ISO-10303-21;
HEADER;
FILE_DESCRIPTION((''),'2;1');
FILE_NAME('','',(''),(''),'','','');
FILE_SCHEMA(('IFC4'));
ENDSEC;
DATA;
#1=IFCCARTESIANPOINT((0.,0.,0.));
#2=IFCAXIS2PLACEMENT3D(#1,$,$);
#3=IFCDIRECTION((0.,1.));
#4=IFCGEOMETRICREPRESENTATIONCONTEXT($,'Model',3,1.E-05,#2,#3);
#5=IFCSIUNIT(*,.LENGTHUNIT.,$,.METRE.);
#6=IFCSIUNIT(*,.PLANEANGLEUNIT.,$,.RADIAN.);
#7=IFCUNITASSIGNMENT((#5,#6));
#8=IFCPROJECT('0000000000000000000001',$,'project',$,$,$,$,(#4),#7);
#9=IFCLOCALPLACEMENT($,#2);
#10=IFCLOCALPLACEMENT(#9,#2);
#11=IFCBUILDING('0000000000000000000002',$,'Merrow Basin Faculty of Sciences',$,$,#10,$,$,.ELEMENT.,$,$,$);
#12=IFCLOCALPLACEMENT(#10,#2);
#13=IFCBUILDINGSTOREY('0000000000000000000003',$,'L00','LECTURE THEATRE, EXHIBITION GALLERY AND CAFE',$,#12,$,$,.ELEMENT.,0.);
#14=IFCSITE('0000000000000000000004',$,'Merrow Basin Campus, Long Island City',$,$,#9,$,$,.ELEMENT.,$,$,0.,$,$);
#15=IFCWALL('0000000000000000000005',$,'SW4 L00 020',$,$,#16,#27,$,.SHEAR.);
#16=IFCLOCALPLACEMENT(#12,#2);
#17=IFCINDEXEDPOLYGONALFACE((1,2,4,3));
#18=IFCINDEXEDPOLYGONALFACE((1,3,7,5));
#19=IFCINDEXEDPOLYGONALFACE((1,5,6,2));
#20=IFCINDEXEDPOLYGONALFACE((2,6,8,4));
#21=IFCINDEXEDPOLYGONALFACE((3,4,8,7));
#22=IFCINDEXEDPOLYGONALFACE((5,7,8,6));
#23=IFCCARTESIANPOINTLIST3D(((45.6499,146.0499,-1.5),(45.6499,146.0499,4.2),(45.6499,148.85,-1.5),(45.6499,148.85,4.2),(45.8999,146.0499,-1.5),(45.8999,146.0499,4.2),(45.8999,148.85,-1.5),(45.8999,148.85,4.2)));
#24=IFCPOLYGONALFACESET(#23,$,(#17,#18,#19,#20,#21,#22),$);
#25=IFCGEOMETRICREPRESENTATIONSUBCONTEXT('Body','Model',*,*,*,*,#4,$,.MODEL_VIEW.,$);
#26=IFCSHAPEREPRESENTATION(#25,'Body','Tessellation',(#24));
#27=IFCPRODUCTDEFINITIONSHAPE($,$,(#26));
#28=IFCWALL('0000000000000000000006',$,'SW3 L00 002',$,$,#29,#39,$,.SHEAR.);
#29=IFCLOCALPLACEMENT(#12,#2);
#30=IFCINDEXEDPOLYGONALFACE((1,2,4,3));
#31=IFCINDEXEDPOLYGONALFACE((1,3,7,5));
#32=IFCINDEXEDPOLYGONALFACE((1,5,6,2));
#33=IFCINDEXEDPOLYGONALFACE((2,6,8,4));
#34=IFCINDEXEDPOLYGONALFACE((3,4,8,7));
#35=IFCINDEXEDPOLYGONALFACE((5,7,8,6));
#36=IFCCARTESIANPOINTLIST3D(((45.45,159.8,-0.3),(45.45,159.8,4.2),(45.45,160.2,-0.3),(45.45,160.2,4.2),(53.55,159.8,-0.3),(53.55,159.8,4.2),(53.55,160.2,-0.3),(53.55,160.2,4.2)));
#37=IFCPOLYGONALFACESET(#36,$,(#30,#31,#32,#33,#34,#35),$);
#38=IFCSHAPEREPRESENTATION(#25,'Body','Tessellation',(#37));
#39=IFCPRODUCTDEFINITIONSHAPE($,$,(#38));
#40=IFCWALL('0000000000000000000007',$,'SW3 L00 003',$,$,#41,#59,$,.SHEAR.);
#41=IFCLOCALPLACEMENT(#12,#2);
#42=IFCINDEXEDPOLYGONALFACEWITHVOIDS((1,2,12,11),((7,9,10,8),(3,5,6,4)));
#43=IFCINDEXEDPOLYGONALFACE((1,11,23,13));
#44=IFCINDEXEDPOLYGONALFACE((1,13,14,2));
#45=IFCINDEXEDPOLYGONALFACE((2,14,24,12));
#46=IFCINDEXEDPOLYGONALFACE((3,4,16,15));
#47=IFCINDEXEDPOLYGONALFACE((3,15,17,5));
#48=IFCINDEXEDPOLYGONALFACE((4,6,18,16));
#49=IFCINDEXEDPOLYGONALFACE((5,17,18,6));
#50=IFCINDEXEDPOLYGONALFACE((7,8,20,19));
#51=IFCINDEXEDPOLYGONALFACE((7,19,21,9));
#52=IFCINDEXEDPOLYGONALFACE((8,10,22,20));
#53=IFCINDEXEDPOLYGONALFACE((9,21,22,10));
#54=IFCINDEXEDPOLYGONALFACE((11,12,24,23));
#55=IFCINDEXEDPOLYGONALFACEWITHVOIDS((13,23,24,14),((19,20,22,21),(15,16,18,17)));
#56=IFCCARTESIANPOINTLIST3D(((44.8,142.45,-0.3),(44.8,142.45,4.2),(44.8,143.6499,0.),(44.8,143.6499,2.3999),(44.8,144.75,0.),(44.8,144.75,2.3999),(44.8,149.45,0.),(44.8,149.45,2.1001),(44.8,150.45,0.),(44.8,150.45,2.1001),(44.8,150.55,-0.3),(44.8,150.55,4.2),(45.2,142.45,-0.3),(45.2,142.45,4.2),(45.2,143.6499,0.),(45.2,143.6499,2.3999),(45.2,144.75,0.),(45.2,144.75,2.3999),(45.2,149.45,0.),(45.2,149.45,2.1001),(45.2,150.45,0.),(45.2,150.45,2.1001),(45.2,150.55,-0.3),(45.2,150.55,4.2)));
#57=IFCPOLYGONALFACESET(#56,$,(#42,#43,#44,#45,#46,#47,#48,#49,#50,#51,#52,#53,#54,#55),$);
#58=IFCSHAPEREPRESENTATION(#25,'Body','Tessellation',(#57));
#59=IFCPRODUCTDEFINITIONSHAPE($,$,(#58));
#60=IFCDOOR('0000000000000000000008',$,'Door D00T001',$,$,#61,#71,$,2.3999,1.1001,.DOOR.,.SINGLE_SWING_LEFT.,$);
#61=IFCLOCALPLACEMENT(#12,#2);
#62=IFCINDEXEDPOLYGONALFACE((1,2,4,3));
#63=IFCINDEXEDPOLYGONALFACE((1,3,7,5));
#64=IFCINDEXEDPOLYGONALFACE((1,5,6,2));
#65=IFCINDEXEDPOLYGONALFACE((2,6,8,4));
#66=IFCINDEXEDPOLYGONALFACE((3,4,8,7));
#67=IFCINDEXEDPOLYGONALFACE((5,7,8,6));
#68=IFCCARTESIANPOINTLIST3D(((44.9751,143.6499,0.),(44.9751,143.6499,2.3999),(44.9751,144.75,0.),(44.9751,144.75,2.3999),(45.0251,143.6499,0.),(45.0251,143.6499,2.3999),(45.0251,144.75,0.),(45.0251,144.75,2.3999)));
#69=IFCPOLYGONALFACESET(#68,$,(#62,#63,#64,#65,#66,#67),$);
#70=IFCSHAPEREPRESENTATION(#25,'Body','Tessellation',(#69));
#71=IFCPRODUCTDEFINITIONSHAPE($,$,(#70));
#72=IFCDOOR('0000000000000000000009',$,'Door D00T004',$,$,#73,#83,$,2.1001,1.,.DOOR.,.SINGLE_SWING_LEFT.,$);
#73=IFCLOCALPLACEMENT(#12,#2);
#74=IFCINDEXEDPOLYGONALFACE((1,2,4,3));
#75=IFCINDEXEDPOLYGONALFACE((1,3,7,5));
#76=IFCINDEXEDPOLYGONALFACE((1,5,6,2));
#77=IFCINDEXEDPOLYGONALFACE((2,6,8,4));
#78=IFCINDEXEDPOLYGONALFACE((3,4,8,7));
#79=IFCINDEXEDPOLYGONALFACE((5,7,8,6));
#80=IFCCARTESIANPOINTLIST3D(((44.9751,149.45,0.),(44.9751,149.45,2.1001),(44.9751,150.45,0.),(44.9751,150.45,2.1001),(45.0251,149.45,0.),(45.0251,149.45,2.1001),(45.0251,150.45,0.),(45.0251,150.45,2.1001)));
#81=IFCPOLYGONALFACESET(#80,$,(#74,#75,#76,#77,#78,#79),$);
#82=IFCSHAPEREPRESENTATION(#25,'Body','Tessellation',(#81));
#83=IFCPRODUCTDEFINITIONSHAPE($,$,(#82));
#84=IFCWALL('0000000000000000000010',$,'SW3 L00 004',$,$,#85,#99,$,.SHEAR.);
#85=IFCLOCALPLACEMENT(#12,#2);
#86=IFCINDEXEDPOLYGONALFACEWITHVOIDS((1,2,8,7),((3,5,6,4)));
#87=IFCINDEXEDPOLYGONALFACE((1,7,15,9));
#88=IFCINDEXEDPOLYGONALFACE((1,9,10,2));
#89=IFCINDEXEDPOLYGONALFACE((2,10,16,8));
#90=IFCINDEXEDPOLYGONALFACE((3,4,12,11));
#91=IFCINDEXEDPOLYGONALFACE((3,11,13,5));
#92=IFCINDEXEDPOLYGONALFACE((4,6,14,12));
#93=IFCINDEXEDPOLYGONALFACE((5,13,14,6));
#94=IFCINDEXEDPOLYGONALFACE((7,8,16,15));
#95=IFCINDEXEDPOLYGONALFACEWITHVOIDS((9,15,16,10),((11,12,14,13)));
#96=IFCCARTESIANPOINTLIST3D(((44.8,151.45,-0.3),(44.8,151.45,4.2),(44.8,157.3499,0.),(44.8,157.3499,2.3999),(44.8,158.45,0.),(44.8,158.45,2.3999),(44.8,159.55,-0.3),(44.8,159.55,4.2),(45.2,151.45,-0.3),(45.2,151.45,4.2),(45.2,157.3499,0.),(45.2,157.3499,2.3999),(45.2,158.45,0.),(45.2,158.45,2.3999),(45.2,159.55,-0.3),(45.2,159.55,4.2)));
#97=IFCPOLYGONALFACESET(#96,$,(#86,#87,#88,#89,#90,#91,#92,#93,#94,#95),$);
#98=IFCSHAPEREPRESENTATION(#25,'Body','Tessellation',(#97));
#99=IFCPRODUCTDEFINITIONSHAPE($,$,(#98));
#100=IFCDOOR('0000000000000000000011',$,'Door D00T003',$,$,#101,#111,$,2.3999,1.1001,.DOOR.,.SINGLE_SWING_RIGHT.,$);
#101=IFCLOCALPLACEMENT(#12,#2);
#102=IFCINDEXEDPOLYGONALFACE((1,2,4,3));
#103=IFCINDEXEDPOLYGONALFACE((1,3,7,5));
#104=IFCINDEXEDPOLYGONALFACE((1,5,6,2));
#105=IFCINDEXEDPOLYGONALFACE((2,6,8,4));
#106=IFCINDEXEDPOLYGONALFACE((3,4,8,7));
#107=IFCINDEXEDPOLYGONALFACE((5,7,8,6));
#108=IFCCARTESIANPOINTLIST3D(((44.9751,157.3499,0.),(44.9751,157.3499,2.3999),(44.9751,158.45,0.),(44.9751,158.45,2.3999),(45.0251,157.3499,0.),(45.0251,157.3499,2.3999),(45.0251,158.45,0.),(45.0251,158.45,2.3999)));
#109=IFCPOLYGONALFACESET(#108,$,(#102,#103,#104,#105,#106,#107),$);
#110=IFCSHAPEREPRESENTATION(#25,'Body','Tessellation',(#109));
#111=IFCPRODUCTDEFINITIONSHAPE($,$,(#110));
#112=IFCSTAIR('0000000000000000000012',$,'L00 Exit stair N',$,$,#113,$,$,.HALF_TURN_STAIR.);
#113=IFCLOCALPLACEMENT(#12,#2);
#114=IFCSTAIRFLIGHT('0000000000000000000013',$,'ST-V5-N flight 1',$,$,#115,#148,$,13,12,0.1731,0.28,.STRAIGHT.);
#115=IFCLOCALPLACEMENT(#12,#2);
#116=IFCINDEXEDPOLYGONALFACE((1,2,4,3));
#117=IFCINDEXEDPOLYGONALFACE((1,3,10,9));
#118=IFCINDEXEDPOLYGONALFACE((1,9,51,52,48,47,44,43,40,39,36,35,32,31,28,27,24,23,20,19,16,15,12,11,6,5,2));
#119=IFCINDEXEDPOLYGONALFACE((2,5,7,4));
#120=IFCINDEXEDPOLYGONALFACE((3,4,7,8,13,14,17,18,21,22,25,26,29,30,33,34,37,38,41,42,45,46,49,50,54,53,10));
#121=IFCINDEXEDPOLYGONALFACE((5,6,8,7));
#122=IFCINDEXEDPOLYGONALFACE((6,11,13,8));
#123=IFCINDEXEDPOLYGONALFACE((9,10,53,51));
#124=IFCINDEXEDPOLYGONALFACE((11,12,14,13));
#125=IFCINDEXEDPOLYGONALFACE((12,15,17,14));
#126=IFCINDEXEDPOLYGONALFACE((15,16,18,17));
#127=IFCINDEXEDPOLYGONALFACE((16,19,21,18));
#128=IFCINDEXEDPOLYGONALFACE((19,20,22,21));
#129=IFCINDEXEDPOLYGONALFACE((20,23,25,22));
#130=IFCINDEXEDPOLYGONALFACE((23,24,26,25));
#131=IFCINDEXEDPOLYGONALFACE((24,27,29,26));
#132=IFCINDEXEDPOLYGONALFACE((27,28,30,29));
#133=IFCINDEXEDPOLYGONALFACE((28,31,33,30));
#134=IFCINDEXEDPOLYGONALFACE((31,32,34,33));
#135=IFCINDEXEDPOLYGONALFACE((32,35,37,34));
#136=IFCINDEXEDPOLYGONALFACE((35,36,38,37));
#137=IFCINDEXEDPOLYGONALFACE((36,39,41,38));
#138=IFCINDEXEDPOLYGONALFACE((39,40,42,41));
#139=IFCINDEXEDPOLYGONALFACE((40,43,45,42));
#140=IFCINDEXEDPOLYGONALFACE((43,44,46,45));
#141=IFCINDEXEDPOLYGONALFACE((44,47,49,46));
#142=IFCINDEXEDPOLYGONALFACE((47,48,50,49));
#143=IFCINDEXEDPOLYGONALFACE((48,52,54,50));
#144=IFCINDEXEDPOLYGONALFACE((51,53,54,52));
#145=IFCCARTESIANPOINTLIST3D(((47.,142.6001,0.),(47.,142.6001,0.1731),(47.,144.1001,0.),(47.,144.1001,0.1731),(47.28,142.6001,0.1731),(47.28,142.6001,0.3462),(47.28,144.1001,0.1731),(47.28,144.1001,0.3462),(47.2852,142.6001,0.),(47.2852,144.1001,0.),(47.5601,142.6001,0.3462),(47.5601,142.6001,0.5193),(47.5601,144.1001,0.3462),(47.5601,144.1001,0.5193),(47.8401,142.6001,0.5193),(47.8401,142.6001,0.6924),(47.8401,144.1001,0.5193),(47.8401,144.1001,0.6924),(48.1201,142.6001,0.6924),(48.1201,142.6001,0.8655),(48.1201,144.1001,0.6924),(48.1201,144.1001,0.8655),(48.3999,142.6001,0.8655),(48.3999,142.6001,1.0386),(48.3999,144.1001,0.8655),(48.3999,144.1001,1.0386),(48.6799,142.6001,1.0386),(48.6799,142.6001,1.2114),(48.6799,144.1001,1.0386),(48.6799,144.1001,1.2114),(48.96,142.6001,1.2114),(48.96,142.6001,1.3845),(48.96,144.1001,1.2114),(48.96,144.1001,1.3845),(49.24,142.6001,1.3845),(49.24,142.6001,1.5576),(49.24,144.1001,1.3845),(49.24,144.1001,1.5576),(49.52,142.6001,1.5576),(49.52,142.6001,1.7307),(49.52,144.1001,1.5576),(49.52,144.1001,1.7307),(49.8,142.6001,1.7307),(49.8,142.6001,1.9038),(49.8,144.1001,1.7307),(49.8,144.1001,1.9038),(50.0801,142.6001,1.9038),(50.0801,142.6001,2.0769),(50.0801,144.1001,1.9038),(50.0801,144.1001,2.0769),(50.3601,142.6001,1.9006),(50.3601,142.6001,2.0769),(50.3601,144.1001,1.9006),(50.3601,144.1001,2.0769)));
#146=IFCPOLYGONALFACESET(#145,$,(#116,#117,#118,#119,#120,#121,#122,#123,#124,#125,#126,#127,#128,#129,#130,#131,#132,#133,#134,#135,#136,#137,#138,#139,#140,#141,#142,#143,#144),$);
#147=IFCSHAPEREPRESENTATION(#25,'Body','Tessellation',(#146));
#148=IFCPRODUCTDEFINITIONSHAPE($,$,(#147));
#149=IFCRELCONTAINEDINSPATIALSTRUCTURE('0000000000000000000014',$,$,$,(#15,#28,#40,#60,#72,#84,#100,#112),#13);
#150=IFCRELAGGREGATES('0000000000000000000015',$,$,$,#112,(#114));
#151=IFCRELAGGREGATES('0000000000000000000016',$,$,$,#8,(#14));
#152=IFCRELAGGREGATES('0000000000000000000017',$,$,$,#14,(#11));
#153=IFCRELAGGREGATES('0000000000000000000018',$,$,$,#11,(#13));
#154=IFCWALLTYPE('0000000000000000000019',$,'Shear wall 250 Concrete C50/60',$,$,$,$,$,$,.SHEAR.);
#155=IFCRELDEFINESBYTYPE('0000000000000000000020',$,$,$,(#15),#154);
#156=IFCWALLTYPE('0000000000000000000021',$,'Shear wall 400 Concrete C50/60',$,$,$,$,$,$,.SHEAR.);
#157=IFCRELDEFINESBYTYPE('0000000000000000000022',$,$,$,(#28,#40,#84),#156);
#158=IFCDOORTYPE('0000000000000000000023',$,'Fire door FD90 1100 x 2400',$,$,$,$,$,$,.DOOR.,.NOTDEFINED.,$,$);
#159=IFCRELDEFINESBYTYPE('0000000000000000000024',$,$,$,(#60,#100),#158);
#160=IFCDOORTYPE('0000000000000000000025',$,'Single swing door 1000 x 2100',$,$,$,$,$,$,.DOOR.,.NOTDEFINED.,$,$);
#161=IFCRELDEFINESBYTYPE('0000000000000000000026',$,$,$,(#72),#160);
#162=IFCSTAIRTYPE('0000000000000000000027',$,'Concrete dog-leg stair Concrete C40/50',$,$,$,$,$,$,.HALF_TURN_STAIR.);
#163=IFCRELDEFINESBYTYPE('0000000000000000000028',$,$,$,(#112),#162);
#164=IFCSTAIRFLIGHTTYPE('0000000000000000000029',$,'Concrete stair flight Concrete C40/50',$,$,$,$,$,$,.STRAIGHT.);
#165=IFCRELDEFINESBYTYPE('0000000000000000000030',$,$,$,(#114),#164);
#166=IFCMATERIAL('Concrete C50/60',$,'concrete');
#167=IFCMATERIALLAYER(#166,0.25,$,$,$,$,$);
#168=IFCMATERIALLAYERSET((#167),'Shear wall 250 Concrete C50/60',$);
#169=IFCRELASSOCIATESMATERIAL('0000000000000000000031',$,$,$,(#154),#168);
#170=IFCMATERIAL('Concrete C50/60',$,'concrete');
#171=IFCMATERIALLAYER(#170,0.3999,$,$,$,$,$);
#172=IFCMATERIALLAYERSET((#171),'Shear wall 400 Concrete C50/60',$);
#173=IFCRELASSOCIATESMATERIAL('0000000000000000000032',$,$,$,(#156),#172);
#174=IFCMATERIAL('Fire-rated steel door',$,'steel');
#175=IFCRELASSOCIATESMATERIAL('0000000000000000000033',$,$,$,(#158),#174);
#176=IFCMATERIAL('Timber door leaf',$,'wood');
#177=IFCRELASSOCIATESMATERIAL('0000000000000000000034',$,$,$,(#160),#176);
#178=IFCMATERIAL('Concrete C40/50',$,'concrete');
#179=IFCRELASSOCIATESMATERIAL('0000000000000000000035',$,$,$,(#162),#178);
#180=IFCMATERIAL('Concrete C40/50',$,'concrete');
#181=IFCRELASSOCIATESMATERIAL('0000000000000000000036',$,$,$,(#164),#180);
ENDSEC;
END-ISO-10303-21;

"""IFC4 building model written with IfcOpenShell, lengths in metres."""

from ifc_helpers import new_model, si_unit, direction, frame, frame_2d, origin, place, context, subcontext, project, spatial, polyline, rectangle, outline, extrude, material, layer, layer_set, type_object, element, fill, aggregate, save


model = new_model("IFC4")

# Units and contexts
model_context = context("Model", 3, precision=1e-05, world=origin(), true_north=direction((0.0, 1.0)))
body_context = subcontext(model_context, "Body", "Model", "MODEL_VIEW")
ifc_project = project(units=[si_unit("LENGTHUNIT", "METRE"), si_unit("PLANEANGLEUNIT", "RADIAN")], contexts=[model_context])

# Site, building, storey
site_placement = place(None, origin())
site = spatial("IfcSite", under=ifc_project, at=site_placement, Name="Merrow Basin Campus, Long Island City", CompositionType="ELEMENT", RefElevation=0.0)
building_placement = place(site_placement, origin())
building = spatial("IfcBuilding", under=site, at=building_placement, Name="Merrow Basin Faculty of Sciences", CompositionType="ELEMENT")
storey_placement = place(building_placement, origin())
storey = spatial("IfcBuildingStorey", under=building, at=storey_placement, Name="L00", Description="LECTURE THEATRE, EXHIBITION GALLERY AND CAFE", CompositionType="ELEMENT", Elevation=0.0)

# Shared definitions
ifc_material_1 = material(Name="Concrete C50/60", Category="concrete")
ifc_layer_1 = layer(ifc_material_1, 0.25)
ifc_layer_set_1 = layer_set([ifc_layer_1], Name="Shear wall 250 Concrete C50/60")
wall_type_1 = type_object("IfcWallType", Name="Shear wall 250 Concrete C50/60", PredefinedType="SHEAR", material=ifc_layer_set_1)

# Walls
wall_1_placement = place(storey_placement, frame((45.7749, 146.05, -1.5), z_axis=(0.0, 0.0, 1.0), x_axis=(0.0, 1.0, 0.0)))
element("IfcWall", 1, at=wall_1_placement, inside=storey, type_object=wall_type_1, Name="SW4 L00 020", PredefinedType="SHEAR", context=body_context, shape_type="SweptSolid", body=[
    extrude(rectangle(XDim=2.8, YDim=0.25, at=frame_2d((1.3999, 0.0))), origin(), (0.0, 0.0, 1.0), 5.7),
])
ifc_material_2 = material(Name="Concrete C50/60", Category="concrete")
ifc_layer_2 = layer(ifc_material_2, 0.3999)
ifc_layer_set_2 = layer_set([ifc_layer_2], Name="Shear wall 400 Concrete C50/60")
wall_type_2 = type_object("IfcWallType", Name="Shear wall 400 Concrete C50/60", PredefinedType="SHEAR", material=ifc_layer_set_2)
wall_2_placement = place(storey_placement, frame((45.45, 160.0, -0.3), z_axis=(0.0, 0.0, 1.0), x_axis=(1.0, 0.0, 0.0)))
element("IfcWall", 2, at=wall_2_placement, inside=storey, type_object=wall_type_2, Name="SW3 L00 002", PredefinedType="SHEAR", context=body_context, shape_type="SweptSolid", body=[
    extrude(rectangle(XDim=8.1001, YDim=0.3999, at=frame_2d((4.05, 0.0))), origin(), (0.0, 0.0, 1.0), 4.5),
])

# Wall, openings, doors
wall_3_placement = place(storey_placement, frame((45.0, 142.45, -0.3), z_axis=(0.0, 0.0, 1.0), x_axis=(0.0, 1.0, 0.0)))
wall_3 = element("IfcWall", 3, at=wall_3_placement, inside=storey, type_object=wall_type_2, Name="SW3 L00 003", PredefinedType="SHEAR", context=body_context, shape_type="SweptSolid", body=[
    extrude(rectangle(XDim=8.1001, YDim=0.3999, at=frame_2d((4.05, 0.0))), origin(), (0.0, 0.0, 1.0), 4.5),
])
opening_1_placement = place(wall_3_placement, frame((1.2, 0.0, 0.3)))
opening_1 = element("IfcOpeningElement", 4, at=opening_1_placement, cuts=wall_3, PredefinedType="OPENING", context=body_context, shape_type="SweptSolid", body=[
    extrude(rectangle(XDim=1.1001, YDim=2.3999, at=frame_2d((0.55, 1.2))), frame((0.0, 0.21, 0.0), z_axis=(0.0, -1.0, 0.0), x_axis=(1.0, 0.0, 0.0)), (0.0, 0.0, 1.0), 0.4199),
])
opening_2_placement = place(wall_3_placement, frame((7.0, 0.0, 0.3)))
opening_2 = element("IfcOpeningElement", 5, at=opening_2_placement, cuts=wall_3, PredefinedType="OPENING", context=body_context, shape_type="SweptSolid", body=[
    extrude(rectangle(XDim=1.0, YDim=2.1001, at=frame_2d((0.5, 1.05))), frame((0.0, 0.21, 0.0), z_axis=(0.0, -1.0, 0.0), x_axis=(1.0, 0.0, 0.0)), (0.0, 0.0, 1.0), 0.4199),
])
ifc_material_3 = material(Name="Fire-rated steel door", Category="steel")
door_type_1 = type_object("IfcDoorType", Name="Fire door FD90 1100 x 2400", OperationType="NOTDEFINED", PredefinedType="DOOR", material=ifc_material_3)
door_1_placement = place(opening_1_placement, origin())
door_1 = element("IfcDoor", 6, at=door_1_placement, inside=storey, type_object=door_type_1, Name="Door D00T001", OperationType="SINGLE_SWING_LEFT", OverallHeight=2.3999, OverallWidth=1.1001, PredefinedType="DOOR", context=body_context, shape_type="SweptSolid", body=[
    extrude(rectangle(XDim=1.1001, YDim=2.3999, at=frame_2d((0.55, 1.2))), frame((0.0, 0.0249, 0.0), z_axis=(0.0, -1.0, 0.0), x_axis=(1.0, 0.0, 0.0)), (0.0, 0.0, 1.0), 0.05),
])
fill(opening_1, door_1)
ifc_material_4 = material(Name="Timber door leaf", Category="wood")
door_type_2 = type_object("IfcDoorType", Name="Single swing door 1000 x 2100", OperationType="NOTDEFINED", PredefinedType="DOOR", material=ifc_material_4)
door_2_placement = place(opening_2_placement, origin())
door_2 = element("IfcDoor", 7, at=door_2_placement, inside=storey, type_object=door_type_2, Name="Door D00T004", OperationType="SINGLE_SWING_LEFT", OverallHeight=2.1001, OverallWidth=1.0, PredefinedType="DOOR", context=body_context, shape_type="SweptSolid", body=[
    extrude(rectangle(XDim=1.0, YDim=2.1001, at=frame_2d((0.5, 1.05))), frame((0.0, 0.0249, 0.0), z_axis=(0.0, -1.0, 0.0), x_axis=(1.0, 0.0, 0.0)), (0.0, 0.0, 1.0), 0.05),
])
fill(opening_2, door_2)

# Wall, opening, door
wall_4_placement = place(storey_placement, frame((45.0, 151.45, -0.3), z_axis=(0.0, 0.0, 1.0), x_axis=(0.0, 1.0, 0.0)))
wall_4 = element("IfcWall", 8, at=wall_4_placement, inside=storey, type_object=wall_type_2, Name="SW3 L00 004", PredefinedType="SHEAR", context=body_context, shape_type="SweptSolid", body=[
    extrude(rectangle(XDim=8.1001, YDim=0.3999, at=frame_2d((4.05, 0.0))), origin(), (0.0, 0.0, 1.0), 4.5),
])
opening_3_placement = place(wall_4_placement, frame((5.8999, 0.0, 0.3)))
opening_3 = element("IfcOpeningElement", 9, at=opening_3_placement, cuts=wall_4, PredefinedType="OPENING", context=body_context, shape_type="SweptSolid", body=[
    extrude(rectangle(XDim=1.1001, YDim=2.3999, at=frame_2d((0.55, 1.2))), frame((0.0, 0.21, 0.0), z_axis=(0.0, -1.0, 0.0), x_axis=(1.0, 0.0, 0.0)), (0.0, 0.0, 1.0), 0.4199),
])
door_3_placement = place(opening_3_placement, origin())
door_3 = element("IfcDoor", 10, at=door_3_placement, inside=storey, type_object=door_type_1, Name="Door D00T003", OperationType="SINGLE_SWING_RIGHT", OverallHeight=2.3999, OverallWidth=1.1001, PredefinedType="DOOR", context=body_context, shape_type="SweptSolid", body=[
    extrude(rectangle(XDim=1.1001, YDim=2.3999, at=frame_2d((0.55, 1.2))), frame((0.0, 0.0249, 0.0), z_axis=(0.0, -1.0, 0.0), x_axis=(1.0, 0.0, 0.0)), (0.0, 0.0, 1.0), 0.05),
])
fill(opening_3, door_3)

# Stair, stair flight
ifc_material_5 = material(Name="Concrete C40/50", Category="concrete")
stair_type = type_object("IfcStairType", Name="Concrete dog-leg stair Concrete C40/50", PredefinedType="HALF_TURN_STAIR", material=ifc_material_5)
stair_placement = place(storey_placement, origin())
stair = element("IfcStair", 11, at=stair_placement, inside=storey, type_object=stair_type, Name="L00 Exit stair N", PredefinedType="HALF_TURN_STAIR")
ifc_material_6 = material(Name="Concrete C40/50", Category="concrete")
stair_flight_type = type_object("IfcStairFlightType", Name="Concrete stair flight Concrete C40/50", PredefinedType="STRAIGHT", material=ifc_material_6)
stair_flight_placement = place(storey_placement, frame((47.0, 143.3501, 0.0), z_axis=(0.0, 0.0, 1.0), x_axis=(1.0, 0.0, 0.0)))
stair_flight = element("IfcStairFlight", 12, at=stair_flight_placement, type_object=stair_flight_type, Name="ST-V5-N flight 1", NumberOfRisers=13, NumberOfTreads=12, PredefinedType="STRAIGHT", RiserHeight=0.1731, TreadLength=0.28, context=body_context, shape_type="SweptSolid", body=[
    extrude(outline(polyline([(0.0, 0.0), (0.0, 0.1731), (0.28, 0.1731), (0.28, 0.3462), (0.5601, 0.3462), (0.5601, 0.5193), (0.8401, 0.5193), (0.8401, 0.6924), (1.1201, 0.6924), (1.1201, 0.8655), (1.3999, 0.8655), (1.3999, 1.0386), (1.6799, 1.0386), (1.6799, 1.2114), (1.96, 1.2114), (1.96, 1.3845), (2.24, 1.3845), (2.24, 1.5576), (2.52, 1.5576), (2.52, 1.7307), (2.8, 1.7307), (2.8, 1.9038), (3.0801, 1.9038), (3.0801, 2.0769), (3.3601, 2.0769), (3.3601, 2.25), (3.3601, 1.9006), (0.2852, 0.0), (0.0, 0.0)])), frame((0.0, 0.75, 0.0), z_axis=(0.0, -1.0, 0.0), x_axis=(1.0, 0.0, 0.0)), (0.0, 0.0, 1.0), 1.5),
])
aggregate(stair, [stair_flight])

save(model, "model.ifc")
